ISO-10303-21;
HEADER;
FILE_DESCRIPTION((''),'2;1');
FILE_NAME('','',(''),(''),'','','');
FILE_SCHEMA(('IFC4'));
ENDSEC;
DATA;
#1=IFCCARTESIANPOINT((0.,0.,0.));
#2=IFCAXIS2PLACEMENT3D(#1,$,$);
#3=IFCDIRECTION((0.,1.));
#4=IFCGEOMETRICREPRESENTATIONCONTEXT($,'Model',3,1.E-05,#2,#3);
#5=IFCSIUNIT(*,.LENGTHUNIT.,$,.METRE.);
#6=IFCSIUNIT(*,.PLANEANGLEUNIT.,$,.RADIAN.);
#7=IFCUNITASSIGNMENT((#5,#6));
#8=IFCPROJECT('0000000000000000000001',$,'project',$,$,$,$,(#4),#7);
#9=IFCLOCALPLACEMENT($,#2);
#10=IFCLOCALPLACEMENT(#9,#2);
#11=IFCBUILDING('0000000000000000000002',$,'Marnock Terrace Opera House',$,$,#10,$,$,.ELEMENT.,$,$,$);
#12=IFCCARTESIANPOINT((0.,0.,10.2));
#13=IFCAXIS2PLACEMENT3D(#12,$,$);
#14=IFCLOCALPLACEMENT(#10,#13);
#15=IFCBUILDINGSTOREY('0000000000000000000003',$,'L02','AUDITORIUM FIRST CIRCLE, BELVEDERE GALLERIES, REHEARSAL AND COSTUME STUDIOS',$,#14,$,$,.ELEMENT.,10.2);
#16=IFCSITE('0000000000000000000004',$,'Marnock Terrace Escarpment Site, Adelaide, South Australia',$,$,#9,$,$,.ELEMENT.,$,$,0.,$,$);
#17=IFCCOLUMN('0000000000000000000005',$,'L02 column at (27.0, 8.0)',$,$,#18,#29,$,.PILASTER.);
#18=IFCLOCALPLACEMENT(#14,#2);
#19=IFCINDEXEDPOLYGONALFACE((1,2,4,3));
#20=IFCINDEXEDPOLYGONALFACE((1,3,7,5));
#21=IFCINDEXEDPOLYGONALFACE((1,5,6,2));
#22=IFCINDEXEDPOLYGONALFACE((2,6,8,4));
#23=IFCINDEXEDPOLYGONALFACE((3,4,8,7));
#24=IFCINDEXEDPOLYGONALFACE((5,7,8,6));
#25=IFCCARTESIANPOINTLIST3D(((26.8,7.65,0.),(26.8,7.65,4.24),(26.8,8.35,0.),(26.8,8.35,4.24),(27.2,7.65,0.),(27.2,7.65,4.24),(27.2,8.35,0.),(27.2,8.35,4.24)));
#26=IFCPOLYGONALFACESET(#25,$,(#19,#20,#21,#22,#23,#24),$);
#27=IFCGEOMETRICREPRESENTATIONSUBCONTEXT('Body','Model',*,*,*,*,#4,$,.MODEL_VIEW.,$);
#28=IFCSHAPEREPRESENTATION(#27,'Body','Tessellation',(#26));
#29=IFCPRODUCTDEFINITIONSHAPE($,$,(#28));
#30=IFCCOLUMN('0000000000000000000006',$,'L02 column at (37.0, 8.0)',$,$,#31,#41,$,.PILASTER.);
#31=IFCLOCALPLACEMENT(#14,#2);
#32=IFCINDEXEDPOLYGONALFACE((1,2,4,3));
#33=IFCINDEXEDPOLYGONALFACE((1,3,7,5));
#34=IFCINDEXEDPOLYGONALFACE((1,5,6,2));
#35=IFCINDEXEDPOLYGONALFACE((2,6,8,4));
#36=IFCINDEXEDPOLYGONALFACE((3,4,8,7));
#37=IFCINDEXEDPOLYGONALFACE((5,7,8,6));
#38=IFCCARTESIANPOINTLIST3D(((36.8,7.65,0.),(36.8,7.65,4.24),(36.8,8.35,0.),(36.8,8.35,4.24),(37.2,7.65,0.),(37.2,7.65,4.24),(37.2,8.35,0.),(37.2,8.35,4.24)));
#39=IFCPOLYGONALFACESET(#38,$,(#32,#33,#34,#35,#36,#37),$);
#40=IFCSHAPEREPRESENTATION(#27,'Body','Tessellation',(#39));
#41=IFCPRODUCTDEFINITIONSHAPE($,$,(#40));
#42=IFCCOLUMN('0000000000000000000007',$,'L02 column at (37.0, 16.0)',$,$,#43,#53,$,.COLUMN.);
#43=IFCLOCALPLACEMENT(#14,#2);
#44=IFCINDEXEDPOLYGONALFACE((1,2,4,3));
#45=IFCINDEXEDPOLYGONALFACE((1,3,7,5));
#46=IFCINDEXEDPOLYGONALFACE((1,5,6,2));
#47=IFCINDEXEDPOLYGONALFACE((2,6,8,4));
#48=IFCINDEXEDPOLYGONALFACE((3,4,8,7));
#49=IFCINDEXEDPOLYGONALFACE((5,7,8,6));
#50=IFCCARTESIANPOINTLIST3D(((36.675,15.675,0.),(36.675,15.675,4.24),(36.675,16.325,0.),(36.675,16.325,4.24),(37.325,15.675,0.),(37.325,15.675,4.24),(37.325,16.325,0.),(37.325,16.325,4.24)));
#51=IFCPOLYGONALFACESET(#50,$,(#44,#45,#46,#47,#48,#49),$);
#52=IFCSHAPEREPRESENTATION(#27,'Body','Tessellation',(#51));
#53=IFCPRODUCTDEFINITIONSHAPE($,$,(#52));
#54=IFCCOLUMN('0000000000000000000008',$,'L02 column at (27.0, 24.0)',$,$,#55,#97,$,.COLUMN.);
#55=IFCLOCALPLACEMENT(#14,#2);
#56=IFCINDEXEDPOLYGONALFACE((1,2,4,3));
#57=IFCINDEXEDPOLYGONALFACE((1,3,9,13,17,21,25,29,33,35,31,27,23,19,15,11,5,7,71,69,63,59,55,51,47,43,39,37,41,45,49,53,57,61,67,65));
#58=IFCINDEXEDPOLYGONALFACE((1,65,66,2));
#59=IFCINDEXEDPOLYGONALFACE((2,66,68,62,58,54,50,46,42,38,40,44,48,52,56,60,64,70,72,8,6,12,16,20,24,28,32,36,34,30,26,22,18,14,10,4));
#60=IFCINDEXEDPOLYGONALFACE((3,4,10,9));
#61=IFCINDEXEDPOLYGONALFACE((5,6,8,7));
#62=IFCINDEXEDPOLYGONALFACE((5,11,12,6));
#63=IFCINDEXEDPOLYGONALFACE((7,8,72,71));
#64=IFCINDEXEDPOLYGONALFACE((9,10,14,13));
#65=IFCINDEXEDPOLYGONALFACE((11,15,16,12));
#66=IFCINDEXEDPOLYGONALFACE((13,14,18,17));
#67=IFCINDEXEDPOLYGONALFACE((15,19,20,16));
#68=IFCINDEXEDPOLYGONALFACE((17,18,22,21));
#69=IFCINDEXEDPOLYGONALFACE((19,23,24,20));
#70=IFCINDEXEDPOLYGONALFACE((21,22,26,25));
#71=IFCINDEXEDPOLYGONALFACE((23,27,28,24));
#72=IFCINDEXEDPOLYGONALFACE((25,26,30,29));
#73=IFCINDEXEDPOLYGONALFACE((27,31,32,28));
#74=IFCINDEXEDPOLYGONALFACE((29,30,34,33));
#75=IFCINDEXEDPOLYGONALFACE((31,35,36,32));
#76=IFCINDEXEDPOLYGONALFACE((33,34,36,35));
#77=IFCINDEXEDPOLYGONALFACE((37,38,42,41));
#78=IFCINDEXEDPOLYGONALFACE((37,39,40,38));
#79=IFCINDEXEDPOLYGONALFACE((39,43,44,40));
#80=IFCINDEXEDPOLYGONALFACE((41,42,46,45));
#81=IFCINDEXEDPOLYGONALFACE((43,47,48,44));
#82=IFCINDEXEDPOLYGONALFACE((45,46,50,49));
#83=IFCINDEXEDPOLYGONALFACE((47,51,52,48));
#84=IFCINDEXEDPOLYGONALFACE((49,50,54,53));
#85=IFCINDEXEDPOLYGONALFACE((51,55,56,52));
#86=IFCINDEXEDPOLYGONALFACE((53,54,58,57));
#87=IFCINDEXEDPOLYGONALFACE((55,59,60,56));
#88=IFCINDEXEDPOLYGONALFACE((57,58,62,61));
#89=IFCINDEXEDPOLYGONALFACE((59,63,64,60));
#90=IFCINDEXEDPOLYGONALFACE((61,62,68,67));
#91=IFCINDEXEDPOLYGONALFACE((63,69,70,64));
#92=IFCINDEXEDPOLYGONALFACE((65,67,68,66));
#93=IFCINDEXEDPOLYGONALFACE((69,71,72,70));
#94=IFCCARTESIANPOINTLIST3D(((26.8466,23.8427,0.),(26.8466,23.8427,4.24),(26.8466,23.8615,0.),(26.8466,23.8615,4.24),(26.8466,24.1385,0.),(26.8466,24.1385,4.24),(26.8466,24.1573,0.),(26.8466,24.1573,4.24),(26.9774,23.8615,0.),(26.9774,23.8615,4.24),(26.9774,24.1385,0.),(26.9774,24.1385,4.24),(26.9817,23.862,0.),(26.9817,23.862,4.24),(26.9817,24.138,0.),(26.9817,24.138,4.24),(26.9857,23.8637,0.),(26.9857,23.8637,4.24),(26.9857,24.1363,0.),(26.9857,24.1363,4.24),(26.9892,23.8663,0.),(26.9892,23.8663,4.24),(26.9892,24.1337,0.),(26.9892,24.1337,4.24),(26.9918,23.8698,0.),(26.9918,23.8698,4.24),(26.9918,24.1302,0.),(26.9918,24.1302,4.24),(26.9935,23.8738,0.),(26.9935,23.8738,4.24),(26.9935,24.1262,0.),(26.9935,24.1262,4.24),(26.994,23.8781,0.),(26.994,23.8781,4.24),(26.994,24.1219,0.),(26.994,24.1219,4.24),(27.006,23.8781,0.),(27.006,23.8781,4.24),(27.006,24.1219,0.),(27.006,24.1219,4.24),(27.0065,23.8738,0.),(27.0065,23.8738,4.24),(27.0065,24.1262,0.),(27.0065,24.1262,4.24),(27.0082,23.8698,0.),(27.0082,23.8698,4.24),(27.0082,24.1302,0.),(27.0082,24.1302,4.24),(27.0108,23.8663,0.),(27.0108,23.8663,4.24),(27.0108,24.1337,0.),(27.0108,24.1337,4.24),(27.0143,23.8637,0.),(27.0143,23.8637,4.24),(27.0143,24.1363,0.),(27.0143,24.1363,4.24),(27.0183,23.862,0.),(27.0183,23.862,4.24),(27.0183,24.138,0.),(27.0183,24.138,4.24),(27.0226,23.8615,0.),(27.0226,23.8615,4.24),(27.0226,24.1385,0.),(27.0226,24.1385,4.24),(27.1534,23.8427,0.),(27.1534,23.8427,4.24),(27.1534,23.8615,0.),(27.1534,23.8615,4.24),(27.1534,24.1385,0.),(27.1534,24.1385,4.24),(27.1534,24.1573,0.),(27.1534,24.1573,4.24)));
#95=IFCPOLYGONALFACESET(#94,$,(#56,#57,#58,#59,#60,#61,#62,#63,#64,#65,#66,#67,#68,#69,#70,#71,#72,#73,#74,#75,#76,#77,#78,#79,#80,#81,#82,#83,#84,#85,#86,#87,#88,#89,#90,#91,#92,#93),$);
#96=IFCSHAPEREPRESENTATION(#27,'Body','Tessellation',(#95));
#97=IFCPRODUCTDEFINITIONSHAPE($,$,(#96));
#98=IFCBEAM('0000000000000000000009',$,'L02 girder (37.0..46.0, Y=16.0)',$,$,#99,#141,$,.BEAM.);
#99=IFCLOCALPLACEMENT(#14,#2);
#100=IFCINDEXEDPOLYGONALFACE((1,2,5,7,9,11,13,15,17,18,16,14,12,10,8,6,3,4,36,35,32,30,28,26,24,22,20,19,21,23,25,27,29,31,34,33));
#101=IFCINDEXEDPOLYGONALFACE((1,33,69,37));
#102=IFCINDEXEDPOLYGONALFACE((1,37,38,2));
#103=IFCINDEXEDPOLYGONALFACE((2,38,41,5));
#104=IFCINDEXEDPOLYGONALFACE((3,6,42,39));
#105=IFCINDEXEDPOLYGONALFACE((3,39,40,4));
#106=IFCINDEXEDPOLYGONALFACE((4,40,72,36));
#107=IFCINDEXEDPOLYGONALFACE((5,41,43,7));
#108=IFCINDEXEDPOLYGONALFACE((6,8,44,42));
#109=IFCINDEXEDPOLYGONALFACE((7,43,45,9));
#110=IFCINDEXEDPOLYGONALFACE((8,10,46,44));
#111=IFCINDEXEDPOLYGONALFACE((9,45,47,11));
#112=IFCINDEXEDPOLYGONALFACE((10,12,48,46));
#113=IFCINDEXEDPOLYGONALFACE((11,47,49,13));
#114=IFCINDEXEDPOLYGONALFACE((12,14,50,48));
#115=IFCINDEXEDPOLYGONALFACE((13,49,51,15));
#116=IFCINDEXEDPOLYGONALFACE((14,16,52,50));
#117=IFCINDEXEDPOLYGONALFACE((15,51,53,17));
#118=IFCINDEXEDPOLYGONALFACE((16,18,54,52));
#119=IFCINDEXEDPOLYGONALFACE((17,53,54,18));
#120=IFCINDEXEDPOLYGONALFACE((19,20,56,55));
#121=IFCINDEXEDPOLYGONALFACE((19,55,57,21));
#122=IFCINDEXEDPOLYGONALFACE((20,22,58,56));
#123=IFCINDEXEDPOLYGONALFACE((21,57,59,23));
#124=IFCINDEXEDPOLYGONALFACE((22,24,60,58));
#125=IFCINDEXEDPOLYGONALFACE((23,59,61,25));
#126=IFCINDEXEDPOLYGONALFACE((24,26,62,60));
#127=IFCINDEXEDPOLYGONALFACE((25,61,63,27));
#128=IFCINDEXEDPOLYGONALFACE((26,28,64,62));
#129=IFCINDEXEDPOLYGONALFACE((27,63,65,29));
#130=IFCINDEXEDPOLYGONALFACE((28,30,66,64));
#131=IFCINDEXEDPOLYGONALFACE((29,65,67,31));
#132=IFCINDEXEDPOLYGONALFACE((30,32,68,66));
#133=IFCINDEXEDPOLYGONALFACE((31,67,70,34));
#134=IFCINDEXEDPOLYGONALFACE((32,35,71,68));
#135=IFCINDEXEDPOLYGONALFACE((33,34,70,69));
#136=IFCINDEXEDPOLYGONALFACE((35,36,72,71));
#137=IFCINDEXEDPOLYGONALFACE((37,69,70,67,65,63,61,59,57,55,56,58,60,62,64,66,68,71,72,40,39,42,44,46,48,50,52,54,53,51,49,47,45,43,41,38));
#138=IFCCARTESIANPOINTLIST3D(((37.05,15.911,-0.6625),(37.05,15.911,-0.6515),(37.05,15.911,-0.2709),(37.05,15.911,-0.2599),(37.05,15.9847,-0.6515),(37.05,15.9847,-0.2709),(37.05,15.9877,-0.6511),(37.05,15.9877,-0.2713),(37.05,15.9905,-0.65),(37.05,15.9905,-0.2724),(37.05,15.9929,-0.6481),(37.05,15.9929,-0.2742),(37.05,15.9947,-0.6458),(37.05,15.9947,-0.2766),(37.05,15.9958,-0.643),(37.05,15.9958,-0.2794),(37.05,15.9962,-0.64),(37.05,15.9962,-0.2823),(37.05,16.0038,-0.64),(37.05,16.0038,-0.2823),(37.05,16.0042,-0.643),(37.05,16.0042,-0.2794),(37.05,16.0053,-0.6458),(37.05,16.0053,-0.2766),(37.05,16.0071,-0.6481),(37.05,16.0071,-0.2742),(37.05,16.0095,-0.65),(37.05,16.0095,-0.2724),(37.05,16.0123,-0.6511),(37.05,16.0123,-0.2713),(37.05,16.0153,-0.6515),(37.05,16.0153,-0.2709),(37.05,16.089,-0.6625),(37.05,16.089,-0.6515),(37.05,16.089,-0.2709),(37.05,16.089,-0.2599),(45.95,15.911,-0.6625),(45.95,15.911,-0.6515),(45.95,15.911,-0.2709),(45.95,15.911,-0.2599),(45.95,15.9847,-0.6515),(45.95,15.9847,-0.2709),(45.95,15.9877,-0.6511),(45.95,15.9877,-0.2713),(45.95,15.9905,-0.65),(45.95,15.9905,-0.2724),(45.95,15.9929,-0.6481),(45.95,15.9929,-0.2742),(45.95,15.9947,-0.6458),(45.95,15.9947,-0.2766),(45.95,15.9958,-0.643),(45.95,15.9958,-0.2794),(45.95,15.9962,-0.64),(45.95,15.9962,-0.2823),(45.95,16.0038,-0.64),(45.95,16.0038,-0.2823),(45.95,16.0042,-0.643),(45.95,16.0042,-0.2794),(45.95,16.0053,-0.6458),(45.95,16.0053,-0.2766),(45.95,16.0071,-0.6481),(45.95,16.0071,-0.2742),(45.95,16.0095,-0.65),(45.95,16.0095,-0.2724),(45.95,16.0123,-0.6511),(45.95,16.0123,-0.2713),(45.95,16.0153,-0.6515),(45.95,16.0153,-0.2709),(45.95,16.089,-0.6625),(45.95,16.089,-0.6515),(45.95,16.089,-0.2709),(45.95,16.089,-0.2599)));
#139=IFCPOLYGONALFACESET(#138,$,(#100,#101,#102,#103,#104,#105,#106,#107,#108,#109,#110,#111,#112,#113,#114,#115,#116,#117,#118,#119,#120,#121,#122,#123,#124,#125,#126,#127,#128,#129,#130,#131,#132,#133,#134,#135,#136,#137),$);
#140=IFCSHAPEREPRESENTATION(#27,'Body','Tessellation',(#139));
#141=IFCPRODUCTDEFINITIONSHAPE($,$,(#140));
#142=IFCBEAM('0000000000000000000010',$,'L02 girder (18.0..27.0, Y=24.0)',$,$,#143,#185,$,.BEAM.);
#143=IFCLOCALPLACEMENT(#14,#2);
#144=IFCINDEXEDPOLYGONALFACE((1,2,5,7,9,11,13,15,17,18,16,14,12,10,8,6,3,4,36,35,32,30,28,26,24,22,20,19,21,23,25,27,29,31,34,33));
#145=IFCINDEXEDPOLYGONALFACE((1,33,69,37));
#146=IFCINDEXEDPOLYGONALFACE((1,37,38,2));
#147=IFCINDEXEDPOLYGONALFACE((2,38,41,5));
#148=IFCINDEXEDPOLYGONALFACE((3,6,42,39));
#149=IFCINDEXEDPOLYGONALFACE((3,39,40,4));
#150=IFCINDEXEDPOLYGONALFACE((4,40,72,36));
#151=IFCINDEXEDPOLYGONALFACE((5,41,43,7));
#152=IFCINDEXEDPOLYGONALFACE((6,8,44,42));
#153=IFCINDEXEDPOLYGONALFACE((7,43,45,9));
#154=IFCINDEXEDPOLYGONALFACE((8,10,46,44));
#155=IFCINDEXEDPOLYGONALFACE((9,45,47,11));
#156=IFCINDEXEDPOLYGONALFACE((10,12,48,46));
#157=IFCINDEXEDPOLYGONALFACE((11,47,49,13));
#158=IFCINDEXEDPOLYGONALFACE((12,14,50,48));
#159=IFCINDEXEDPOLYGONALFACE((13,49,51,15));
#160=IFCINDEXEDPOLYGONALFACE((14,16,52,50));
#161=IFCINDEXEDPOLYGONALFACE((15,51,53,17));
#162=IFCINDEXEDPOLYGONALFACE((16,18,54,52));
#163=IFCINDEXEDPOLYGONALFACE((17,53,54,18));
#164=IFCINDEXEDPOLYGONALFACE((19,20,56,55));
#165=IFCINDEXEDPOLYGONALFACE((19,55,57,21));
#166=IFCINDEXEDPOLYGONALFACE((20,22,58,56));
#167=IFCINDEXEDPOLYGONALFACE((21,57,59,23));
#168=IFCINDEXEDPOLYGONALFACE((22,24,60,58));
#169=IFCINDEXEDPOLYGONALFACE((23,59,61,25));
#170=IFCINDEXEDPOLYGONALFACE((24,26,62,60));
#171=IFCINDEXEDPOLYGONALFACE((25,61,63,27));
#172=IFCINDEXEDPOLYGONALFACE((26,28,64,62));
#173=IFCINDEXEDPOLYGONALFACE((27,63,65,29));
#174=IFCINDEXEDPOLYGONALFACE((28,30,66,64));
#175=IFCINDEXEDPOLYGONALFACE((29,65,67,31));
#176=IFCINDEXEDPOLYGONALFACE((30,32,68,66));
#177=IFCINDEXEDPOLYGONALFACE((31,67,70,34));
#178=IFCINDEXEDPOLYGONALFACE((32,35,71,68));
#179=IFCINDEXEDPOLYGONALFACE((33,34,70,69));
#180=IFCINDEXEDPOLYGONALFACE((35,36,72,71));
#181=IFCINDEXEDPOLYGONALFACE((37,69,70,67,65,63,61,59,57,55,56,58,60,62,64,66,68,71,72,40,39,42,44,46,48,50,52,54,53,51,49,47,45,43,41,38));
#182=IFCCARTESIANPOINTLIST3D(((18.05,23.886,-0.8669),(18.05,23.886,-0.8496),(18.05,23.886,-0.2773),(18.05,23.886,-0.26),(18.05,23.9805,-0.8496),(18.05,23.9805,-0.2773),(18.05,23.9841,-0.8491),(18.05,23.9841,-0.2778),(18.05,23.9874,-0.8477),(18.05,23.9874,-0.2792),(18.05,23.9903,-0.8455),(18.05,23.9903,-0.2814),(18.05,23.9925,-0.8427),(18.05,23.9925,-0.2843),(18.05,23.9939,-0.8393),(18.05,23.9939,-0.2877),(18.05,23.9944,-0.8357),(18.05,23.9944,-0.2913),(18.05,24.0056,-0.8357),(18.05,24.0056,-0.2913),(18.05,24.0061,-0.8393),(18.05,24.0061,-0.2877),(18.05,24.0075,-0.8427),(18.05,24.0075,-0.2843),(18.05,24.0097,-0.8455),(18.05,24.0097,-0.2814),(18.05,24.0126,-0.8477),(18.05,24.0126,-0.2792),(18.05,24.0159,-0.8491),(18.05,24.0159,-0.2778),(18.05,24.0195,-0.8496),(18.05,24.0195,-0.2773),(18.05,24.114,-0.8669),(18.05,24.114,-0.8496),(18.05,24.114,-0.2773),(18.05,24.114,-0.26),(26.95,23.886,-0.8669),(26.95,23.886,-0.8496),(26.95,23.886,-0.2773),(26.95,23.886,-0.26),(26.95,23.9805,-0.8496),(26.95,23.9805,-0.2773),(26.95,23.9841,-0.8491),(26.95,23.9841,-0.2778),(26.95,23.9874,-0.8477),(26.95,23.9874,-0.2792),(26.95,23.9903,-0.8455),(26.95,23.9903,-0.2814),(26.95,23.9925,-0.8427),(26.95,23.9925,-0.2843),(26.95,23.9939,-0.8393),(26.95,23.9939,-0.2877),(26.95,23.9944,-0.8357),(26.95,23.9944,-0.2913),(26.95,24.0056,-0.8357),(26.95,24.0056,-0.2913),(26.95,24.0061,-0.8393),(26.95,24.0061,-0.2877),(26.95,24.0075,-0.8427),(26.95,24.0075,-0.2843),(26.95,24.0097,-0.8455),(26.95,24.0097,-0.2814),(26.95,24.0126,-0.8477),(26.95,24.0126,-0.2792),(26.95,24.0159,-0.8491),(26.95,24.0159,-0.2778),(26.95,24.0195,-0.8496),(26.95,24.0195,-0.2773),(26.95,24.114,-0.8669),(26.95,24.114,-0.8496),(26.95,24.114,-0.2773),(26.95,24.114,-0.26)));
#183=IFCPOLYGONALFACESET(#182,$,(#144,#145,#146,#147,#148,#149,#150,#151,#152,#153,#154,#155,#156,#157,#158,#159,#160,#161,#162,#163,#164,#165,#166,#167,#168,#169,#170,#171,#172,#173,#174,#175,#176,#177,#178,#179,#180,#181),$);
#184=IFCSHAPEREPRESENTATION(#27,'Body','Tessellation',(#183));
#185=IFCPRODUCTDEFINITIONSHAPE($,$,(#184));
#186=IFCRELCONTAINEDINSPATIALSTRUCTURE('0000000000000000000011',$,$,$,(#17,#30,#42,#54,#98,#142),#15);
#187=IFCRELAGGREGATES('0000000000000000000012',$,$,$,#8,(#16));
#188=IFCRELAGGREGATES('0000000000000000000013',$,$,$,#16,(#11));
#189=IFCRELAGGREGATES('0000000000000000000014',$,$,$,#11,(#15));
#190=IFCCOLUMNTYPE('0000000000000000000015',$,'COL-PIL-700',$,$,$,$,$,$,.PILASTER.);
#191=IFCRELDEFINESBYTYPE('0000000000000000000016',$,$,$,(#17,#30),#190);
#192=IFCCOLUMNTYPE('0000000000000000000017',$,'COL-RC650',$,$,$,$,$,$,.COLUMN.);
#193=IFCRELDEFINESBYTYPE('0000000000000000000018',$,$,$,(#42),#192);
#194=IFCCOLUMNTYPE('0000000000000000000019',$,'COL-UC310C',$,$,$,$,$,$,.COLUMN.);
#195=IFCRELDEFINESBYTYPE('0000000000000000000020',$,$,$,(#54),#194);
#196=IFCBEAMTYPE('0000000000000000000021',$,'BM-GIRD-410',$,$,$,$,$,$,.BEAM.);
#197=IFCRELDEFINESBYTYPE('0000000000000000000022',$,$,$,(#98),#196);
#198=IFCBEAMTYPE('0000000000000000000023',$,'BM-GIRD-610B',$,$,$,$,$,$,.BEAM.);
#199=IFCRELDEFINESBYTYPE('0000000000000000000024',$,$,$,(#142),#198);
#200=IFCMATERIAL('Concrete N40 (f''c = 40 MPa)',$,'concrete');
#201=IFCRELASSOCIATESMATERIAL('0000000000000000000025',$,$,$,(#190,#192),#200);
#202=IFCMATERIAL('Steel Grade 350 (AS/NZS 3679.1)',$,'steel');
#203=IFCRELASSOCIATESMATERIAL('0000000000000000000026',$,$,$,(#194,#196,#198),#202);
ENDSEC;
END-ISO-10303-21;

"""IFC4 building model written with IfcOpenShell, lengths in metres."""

from ifc_helpers import new_model, si_unit, direction, frame, origin, origin_2d, place, context, subcontext, project, spatial, rectangle, i_section, extrude, material, material_profile, profile_set, type_object, element, save


model = new_model("IFC4")

# Units and contexts
model_context = context("Model", 3, precision=1e-05, world=origin(), true_north=direction((0.0, 1.0)))
body_context = subcontext(model_context, "Body", "Model", "MODEL_VIEW")
ifc_project = project(units=[si_unit("LENGTHUNIT", "METRE"), si_unit("PLANEANGLEUNIT", "RADIAN")], contexts=[model_context])

# Site, building, storey
site_placement = place(None, origin())
site = spatial("IfcSite", under=ifc_project, at=site_placement, Name="Marnock Terrace Escarpment Site, Adelaide, South Australia", CompositionType="ELEMENT", RefElevation=0.0)
building_placement = place(site_placement, origin())
building = spatial("IfcBuilding", under=site, at=building_placement, Name="Marnock Terrace Opera House", CompositionType="ELEMENT")
storey_placement = place(building_placement, frame((0.0, 0.0, 10.2)))
storey = spatial("IfcBuildingStorey", under=building, at=storey_placement, Name="L02", Description="AUDITORIUM FIRST CIRCLE, BELVEDERE GALLERIES, REHEARSAL AND COSTUME STUDIOS", CompositionType="ELEMENT", Elevation=10.2)

# Columns
ifc_material_1 = material(Name="Concrete N40 (f'c = 40 MPa)", Category="concrete")
ifc_material_profile_1 = material_profile(ifc_material_1, rectangle(XDim=0.3999, YDim=0.7, at=origin_2d()))
ifc_profile_set_1 = profile_set([ifc_material_profile_1], Name="Concrete N40 (f'c = 40 MPa)")
column_type_1 = type_object("IfcColumnType", Name="COL-PIL-700", PredefinedType="PILASTER", material=ifc_profile_set_1)
for number, where, z_axis, x_axis, name in (
    (1, (27.0, 8.0, 0.0), (0.0, 0.0, 1.0), (1.0, 0.0, 0.0), "L02 column at (27.0, 8.0)"),
    (2, (37.0, 8.0, 0.0), (0.0, 0.0, 1.0), (1.0, 0.0, 0.0), "L02 column at (37.0, 8.0)"),
):
    element("IfcColumn", number, at=place(storey_placement, frame(where, z_axis=z_axis, x_axis=x_axis)), inside=storey, type_object=column_type_1, Name=name, PredefinedType="PILASTER", context=body_context, shape_type="SweptSolid", body=[
        extrude(rectangle(XDim=0.3999, YDim=0.7, at=origin_2d()), origin(), (0.0, 0.0, 1.0), 4.24),
    ])
ifc_material_profile_2 = material_profile(ifc_material_1, rectangle(XDim=0.6499, YDim=0.6499, at=origin_2d()))
ifc_profile_set_2 = profile_set([ifc_material_profile_2], Name="Concrete N40 (f'c = 40 MPa)")
column_type_2 = type_object("IfcColumnType", Name="COL-RC650", PredefinedType="COLUMN", material=ifc_profile_set_2)
column_1_placement = place(storey_placement, frame((37.0, 16.0, 0.0), z_axis=(0.0, 0.0, 1.0), x_axis=(1.0, 0.0, 0.0)))
element("IfcColumn", 3, at=column_1_placement, inside=storey, type_object=column_type_2, Name="L02 column at (37.0, 16.0)", PredefinedType="COLUMN", context=body_context, shape_type="SweptSolid", body=[
    extrude(rectangle(XDim=0.6499, YDim=0.6499, at=origin_2d()), origin(), (0.0, 0.0, 1.0), 4.24),
])
ifc_material_2 = material(Name="Steel Grade 350 (AS/NZS 3679.1)", Category="steel")
ifc_material_profile_3 = material_profile(ifc_material_2, i_section(OverallWidth=0.3069, OverallDepth=0.3147, WebThickness=0.012, FlangeThickness=0.0188, FilletRadius=0.0166, at=origin_2d()))
ifc_profile_set_3 = profile_set([ifc_material_profile_3], Name="Steel Grade 350 (AS/NZS 3679.1)")
column_type_3 = type_object("IfcColumnType", Name="COL-UC310C", PredefinedType="COLUMN", material=ifc_profile_set_3)
column_2_placement = place(storey_placement, frame((27.0, 24.0, 0.0), z_axis=(0.0, 0.0, 1.0), x_axis=(1.0, 0.0, 0.0)))
element("IfcColumn", 4, at=column_2_placement, inside=storey, type_object=column_type_3, Name="L02 column at (27.0, 24.0)", PredefinedType="COLUMN", context=body_context, shape_type="SweptSolid", body=[
    extrude(i_section(OverallWidth=0.3069, OverallDepth=0.3147, WebThickness=0.012, FlangeThickness=0.0188, FilletRadius=0.0166, at=origin_2d()), origin(), (0.0, 0.0, 1.0), 4.24),
])

# Beams
ifc_material_profile_4 = material_profile(ifc_material_2, i_section(OverallWidth=0.178, OverallDepth=0.4026, WebThickness=0.0076, FlangeThickness=0.011, FilletRadius=0.0115, at=origin_2d()))
ifc_profile_set_4 = profile_set([ifc_material_profile_4], Name="Steel Grade 350 (AS/NZS 3679.1)")
beam_type_1 = type_object("IfcBeamType", Name="BM-GIRD-410", PredefinedType="BEAM", material=ifc_profile_set_4)
beam_1_placement = place(storey_placement, frame((37.05, 16.0, -0.4612), z_axis=(1.0, 0.0, 0.0), x_axis=(0.0, 1.0, 0.0)))
element("IfcBeam", 5, at=beam_1_placement, inside=storey, type_object=beam_type_1, Name="L02 girder (37.0..46.0, Y=16.0)", PredefinedType="BEAM", context=body_context, shape_type="SweptSolid", body=[
    extrude(i_section(OverallWidth=0.178, OverallDepth=0.4026, WebThickness=0.0076, FlangeThickness=0.011, FilletRadius=0.0115, at=origin_2d()), origin(), (0.0, 0.0, 1.0), 8.8999),
])
ifc_material_profile_5 = material_profile(ifc_material_2, i_section(OverallWidth=0.228, OverallDepth=0.6069, WebThickness=0.0112, FlangeThickness=0.0173, FilletRadius=0.0139, at=origin_2d()))
ifc_profile_set_5 = profile_set([ifc_material_profile_5], Name="Steel Grade 350 (AS/NZS 3679.1)")
beam_type_2 = type_object("IfcBeamType", Name="BM-GIRD-610B", PredefinedType="BEAM", material=ifc_profile_set_5)
beam_2_placement = place(storey_placement, frame((18.05, 24.0, -0.5635), z_axis=(1.0, 0.0, 0.0), x_axis=(0.0, 1.0, 0.0)))
element("IfcBeam", 6, at=beam_2_placement, inside=storey, type_object=beam_type_2, Name="L02 girder (18.0..27.0, Y=24.0)", PredefinedType="BEAM", context=body_context, shape_type="SweptSolid", body=[
    extrude(i_section(OverallWidth=0.228, OverallDepth=0.6069, WebThickness=0.0112, FlangeThickness=0.0173, FilletRadius=0.0139, at=origin_2d()), origin(), (0.0, 0.0, 1.0), 8.8999),
])

save(model, "model.ifc")
